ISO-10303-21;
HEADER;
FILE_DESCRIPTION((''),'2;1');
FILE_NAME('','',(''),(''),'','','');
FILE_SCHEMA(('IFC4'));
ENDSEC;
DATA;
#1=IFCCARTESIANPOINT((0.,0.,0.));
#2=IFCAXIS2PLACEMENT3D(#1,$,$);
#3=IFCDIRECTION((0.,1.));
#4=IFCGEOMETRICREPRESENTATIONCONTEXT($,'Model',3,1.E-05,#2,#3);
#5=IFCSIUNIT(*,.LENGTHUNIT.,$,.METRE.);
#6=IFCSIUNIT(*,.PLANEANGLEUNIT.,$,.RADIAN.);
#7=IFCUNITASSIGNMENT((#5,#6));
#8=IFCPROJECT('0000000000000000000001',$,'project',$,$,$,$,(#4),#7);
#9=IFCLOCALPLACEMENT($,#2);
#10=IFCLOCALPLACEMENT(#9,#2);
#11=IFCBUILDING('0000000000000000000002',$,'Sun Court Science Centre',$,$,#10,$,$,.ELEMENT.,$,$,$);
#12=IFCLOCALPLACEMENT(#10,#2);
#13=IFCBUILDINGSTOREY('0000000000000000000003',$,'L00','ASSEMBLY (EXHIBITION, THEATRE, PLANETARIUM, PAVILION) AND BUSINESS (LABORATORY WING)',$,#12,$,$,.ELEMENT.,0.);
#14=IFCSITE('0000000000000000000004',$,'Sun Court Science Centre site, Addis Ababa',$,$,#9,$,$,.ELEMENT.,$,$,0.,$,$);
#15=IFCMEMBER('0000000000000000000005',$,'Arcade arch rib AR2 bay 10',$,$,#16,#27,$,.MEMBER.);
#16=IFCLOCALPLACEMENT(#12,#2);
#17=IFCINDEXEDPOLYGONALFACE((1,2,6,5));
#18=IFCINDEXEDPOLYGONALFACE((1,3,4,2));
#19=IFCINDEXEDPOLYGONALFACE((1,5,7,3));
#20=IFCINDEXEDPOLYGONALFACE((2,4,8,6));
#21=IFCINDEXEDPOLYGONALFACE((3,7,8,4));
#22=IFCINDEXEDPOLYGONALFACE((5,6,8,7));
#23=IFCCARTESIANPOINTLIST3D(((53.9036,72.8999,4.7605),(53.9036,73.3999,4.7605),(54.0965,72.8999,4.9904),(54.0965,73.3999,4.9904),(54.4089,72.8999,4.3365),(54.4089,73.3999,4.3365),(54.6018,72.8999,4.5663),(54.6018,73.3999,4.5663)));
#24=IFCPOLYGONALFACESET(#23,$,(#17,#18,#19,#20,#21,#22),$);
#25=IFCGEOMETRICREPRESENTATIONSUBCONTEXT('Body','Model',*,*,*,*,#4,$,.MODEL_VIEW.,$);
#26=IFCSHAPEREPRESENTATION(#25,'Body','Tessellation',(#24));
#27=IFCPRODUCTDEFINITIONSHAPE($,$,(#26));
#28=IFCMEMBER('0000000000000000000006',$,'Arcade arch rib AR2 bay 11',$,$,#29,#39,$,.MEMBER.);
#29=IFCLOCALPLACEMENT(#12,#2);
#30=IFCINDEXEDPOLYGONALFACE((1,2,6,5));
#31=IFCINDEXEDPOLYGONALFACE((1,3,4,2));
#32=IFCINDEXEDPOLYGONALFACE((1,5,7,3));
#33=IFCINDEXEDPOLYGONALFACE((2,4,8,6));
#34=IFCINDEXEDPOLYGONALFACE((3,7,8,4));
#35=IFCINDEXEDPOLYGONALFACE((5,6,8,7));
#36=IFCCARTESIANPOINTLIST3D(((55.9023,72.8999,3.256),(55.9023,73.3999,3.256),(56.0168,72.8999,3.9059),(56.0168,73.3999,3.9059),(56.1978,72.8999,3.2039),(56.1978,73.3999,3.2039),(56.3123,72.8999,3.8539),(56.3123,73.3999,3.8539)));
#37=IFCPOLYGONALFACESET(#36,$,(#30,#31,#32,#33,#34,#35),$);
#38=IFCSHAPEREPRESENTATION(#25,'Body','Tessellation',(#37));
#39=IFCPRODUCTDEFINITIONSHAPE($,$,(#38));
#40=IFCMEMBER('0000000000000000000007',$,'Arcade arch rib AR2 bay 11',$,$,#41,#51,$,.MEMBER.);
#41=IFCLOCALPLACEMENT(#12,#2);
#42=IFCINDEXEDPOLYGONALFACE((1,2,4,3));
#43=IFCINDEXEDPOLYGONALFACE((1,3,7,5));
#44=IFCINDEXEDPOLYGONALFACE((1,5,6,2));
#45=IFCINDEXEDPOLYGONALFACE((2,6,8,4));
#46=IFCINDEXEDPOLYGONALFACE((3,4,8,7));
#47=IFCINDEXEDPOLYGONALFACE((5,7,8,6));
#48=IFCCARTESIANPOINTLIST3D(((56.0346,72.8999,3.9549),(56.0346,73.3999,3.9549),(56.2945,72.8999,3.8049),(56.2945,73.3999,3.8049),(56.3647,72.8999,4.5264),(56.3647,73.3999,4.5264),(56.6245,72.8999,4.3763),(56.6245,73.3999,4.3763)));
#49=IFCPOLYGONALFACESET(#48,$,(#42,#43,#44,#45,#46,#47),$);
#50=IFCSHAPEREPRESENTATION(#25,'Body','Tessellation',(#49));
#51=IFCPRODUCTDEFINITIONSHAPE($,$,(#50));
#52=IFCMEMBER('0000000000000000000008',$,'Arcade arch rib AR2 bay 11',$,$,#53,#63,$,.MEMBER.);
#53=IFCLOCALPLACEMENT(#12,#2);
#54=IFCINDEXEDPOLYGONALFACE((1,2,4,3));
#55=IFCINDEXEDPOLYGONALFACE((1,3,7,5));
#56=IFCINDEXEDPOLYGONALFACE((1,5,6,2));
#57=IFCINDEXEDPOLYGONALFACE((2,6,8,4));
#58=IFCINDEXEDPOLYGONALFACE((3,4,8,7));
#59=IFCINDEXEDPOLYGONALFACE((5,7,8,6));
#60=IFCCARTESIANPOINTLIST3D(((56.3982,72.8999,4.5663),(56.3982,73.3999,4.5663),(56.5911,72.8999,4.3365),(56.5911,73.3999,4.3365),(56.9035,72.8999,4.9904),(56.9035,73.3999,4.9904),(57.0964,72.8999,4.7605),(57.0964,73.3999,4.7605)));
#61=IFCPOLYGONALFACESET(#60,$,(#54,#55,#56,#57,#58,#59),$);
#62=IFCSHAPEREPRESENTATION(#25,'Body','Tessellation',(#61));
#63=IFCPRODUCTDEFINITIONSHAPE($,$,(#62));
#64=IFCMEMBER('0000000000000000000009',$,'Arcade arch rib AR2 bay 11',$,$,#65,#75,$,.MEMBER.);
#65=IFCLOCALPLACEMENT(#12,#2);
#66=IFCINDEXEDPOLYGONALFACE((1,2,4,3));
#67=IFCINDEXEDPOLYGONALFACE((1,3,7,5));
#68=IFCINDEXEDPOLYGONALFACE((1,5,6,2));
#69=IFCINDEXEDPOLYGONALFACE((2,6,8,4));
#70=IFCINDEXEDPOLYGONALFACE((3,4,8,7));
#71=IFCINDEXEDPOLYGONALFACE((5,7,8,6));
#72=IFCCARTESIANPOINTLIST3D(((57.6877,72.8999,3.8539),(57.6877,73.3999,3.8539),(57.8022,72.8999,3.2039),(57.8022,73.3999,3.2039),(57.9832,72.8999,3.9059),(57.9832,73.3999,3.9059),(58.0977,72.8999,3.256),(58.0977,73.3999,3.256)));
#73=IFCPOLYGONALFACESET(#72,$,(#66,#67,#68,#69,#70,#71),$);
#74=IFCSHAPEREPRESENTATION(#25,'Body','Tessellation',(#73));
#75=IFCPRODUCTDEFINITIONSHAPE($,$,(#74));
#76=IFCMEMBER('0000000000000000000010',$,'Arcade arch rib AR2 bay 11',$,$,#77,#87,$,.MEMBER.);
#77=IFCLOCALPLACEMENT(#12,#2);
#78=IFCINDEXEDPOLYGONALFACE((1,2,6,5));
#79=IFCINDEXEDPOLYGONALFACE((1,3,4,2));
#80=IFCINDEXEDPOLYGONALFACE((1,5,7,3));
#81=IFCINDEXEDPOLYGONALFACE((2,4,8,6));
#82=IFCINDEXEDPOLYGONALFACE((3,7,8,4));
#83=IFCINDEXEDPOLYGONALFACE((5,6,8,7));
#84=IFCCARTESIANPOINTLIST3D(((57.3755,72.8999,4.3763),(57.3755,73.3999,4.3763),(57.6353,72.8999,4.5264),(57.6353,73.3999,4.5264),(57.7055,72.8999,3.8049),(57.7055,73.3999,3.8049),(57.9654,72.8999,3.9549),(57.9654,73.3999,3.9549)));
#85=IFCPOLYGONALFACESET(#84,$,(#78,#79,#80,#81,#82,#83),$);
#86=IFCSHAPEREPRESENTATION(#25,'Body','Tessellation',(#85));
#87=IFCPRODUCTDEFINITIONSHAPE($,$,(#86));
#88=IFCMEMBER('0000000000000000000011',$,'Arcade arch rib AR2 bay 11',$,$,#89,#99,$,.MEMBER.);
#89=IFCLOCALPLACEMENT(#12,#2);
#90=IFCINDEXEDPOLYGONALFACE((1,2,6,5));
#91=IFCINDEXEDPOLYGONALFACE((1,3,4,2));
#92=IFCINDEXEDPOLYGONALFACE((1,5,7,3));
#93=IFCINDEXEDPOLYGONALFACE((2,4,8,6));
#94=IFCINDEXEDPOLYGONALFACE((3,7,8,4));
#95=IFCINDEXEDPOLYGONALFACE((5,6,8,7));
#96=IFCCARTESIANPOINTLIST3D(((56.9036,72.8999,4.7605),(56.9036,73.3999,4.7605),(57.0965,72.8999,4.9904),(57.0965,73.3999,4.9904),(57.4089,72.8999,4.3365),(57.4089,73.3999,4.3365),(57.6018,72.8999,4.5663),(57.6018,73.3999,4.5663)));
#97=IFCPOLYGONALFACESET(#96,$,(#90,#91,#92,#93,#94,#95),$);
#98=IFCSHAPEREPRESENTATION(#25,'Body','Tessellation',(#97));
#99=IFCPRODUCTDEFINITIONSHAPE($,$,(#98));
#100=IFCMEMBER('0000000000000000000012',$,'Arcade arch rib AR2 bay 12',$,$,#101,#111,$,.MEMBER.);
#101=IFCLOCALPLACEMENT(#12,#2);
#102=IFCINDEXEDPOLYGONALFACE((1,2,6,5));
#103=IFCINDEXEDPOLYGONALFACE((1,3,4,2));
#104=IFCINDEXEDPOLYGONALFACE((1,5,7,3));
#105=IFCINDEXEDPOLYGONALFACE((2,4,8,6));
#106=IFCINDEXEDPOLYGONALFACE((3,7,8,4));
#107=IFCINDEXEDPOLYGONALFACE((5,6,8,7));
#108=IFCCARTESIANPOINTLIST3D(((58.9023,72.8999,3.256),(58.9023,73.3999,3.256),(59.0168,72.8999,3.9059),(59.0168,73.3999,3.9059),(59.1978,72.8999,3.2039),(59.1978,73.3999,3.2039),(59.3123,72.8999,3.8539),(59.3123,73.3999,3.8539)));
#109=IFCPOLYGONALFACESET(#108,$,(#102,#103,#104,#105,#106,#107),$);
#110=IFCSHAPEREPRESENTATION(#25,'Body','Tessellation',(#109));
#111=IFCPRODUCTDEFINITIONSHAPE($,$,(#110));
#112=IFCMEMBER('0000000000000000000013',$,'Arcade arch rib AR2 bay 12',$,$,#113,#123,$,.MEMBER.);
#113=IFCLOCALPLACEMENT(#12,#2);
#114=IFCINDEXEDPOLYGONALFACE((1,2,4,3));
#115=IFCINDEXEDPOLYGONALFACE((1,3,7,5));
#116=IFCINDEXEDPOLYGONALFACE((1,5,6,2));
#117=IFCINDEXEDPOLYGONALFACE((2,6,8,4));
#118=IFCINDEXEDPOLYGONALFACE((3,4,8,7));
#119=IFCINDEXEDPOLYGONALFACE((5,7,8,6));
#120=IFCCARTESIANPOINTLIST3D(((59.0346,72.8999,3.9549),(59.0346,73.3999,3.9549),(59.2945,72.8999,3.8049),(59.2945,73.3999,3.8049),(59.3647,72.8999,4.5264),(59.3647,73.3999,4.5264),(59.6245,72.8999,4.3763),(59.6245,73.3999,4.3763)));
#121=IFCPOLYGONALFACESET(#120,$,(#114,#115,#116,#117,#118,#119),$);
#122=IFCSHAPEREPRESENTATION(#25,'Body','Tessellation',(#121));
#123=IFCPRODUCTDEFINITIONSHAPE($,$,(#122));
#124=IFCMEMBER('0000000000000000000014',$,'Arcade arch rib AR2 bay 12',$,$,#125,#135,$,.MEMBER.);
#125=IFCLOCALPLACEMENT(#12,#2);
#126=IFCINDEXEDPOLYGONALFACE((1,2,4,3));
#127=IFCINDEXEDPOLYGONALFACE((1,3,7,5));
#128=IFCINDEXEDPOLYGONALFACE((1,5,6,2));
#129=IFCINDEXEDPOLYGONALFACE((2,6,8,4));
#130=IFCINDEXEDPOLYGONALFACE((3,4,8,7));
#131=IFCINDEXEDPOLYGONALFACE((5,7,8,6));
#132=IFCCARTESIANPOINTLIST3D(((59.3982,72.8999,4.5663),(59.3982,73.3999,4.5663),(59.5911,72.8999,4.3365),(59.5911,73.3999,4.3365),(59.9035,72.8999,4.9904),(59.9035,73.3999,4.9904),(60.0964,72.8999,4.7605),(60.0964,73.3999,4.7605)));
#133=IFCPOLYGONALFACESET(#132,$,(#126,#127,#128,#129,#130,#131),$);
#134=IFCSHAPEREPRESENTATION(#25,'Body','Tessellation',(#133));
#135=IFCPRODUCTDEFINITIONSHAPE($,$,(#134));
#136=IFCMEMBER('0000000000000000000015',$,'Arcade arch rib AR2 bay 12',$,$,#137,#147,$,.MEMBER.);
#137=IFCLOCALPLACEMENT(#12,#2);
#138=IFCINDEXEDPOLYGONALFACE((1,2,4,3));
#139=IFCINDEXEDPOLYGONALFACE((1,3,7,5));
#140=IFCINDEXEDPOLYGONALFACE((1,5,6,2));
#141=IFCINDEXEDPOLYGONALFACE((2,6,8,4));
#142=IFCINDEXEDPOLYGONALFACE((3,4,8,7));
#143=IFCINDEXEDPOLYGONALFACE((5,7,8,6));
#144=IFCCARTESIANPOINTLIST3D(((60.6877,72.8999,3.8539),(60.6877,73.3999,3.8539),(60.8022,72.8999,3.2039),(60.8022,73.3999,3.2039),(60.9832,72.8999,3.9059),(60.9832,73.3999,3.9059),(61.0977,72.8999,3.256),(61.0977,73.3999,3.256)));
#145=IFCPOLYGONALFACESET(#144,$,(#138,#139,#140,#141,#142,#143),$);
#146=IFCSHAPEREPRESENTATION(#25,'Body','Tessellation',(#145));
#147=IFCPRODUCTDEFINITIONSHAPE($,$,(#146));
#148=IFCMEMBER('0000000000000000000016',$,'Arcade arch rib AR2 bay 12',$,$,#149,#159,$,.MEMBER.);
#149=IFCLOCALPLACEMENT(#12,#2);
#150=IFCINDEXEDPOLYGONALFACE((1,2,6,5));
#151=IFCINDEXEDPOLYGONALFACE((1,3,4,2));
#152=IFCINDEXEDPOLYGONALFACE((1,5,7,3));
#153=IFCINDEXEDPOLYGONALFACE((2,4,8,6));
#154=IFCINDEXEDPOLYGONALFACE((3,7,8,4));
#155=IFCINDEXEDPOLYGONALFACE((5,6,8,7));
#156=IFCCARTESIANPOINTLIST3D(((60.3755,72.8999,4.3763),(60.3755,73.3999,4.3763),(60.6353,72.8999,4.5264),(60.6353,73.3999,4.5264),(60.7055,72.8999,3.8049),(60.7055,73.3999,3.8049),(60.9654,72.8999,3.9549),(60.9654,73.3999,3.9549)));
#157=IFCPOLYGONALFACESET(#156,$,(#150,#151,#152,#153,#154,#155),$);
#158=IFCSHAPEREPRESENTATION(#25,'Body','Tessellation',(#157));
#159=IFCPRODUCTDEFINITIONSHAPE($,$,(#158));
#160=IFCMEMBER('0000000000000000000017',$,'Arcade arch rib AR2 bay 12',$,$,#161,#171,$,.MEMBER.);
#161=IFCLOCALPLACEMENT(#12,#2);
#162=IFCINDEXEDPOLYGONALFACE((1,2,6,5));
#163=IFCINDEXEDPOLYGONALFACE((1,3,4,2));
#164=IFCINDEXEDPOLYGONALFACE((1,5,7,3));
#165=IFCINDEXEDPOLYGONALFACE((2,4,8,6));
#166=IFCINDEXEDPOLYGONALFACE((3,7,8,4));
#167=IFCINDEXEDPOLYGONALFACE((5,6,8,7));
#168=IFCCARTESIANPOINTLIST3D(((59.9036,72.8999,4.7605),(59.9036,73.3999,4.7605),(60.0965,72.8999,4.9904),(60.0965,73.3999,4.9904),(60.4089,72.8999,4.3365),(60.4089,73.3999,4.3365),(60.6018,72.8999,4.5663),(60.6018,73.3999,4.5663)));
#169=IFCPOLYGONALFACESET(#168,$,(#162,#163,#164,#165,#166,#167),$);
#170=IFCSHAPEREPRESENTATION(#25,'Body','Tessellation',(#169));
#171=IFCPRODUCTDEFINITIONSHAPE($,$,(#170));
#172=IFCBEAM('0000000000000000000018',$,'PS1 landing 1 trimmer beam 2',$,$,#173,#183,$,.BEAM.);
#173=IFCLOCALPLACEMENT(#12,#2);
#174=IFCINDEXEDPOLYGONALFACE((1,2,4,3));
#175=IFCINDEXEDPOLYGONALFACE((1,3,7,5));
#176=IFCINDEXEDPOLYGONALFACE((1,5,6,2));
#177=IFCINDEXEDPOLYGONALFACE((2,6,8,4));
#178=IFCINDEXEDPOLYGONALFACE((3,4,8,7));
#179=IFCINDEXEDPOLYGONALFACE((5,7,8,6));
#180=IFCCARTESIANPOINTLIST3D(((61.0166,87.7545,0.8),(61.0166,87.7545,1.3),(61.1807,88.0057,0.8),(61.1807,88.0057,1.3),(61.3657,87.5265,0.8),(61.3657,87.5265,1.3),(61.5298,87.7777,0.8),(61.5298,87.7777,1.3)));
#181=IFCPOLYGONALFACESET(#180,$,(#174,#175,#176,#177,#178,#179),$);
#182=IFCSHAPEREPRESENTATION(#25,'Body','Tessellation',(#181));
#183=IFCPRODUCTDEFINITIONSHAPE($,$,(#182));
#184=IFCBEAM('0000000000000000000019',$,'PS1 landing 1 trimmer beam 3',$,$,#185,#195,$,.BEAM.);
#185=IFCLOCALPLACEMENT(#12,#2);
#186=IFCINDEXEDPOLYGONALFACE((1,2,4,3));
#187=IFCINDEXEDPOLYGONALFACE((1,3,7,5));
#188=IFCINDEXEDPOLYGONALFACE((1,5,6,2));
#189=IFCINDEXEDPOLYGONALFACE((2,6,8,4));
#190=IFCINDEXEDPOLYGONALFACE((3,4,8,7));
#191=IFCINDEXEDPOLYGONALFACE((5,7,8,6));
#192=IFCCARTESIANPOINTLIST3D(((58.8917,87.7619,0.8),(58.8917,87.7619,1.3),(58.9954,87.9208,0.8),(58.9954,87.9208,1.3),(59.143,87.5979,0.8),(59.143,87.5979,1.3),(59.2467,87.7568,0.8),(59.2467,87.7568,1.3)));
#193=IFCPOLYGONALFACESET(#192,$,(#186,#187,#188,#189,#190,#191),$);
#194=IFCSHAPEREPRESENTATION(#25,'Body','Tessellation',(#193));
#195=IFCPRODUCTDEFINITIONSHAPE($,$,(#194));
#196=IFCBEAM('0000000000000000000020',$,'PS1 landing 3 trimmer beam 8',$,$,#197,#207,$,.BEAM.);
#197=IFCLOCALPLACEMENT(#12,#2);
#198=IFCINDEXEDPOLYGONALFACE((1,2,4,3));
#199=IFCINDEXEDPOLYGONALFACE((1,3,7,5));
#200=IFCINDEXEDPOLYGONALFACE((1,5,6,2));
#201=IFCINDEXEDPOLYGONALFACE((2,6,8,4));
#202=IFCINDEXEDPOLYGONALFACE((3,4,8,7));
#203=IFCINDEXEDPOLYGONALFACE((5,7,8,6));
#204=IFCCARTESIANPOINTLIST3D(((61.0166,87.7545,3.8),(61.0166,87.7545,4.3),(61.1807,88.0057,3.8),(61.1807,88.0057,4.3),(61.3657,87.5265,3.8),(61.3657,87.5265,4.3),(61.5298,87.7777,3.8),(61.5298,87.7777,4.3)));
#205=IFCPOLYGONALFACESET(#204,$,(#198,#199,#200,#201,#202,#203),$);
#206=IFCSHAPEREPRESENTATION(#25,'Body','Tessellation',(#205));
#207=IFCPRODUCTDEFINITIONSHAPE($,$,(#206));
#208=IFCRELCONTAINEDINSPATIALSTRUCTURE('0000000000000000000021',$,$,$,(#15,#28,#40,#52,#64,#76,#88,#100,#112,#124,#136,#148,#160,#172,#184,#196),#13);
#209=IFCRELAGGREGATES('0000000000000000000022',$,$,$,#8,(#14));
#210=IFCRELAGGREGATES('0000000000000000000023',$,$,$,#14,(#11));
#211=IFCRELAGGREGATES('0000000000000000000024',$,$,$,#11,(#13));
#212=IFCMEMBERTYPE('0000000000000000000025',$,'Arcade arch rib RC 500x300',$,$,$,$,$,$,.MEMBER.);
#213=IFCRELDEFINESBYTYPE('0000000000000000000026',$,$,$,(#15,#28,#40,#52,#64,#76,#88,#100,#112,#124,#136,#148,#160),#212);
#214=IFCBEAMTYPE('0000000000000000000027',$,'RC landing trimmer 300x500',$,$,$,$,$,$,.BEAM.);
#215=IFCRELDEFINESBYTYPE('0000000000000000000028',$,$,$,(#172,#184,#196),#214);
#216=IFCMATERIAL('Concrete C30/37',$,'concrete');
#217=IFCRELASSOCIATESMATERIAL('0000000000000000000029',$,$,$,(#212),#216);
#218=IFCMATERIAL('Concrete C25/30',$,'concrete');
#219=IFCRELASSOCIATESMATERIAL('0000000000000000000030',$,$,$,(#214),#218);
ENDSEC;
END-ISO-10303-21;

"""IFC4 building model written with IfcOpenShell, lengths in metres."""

from ifc_helpers import new_model, si_unit, direction, frame, origin, origin_2d, place, context, subcontext, project, spatial, rectangle, extrude, material, material_profile, profile_set, type_object, element, save


model = new_model("IFC4")

# Units and contexts
model_context = context("Model", 3, precision=1e-05, world=origin(), true_north=direction((0.0, 1.0)))
body_context = subcontext(model_context, "Body", "Model", "MODEL_VIEW")
ifc_project = project(units=[si_unit("LENGTHUNIT", "METRE"), si_unit("PLANEANGLEUNIT", "RADIAN")], contexts=[model_context])

# Site, building, storey
site_placement = place(None, origin())
site = spatial("IfcSite", under=ifc_project, at=site_placement, Name="Sun Court Science Centre site, Addis Ababa", CompositionType="ELEMENT", RefElevation=0.0)
building_placement = place(site_placement, origin())
building = spatial("IfcBuilding", under=site, at=building_placement, Name="Sun Court Science Centre", CompositionType="ELEMENT")
storey_placement = place(building_placement, origin())
storey = spatial("IfcBuildingStorey", under=building, at=storey_placement, Name="L00", Description="ASSEMBLY (EXHIBITION, THEATRE, PLANETARIUM, PAVILION) AND BUSINESS (LABORATORY WING)", CompositionType="ELEMENT", Elevation=0.0)

# Members
ifc_material_1 = material(Name="Concrete C30/37", Category="concrete")
ifc_material_profile_1 = material_profile(ifc_material_1, rectangle(XDim=0.5, YDim=0.3, at=origin_2d()), Name="RC 500x300")
ifc_profile_set_1 = profile_set([ifc_material_profile_1], Name="Concrete C30/37")
member_type = type_object("IfcMemberType", Name="Arcade arch rib RC 500x300", PredefinedType="MEMBER", material=ifc_profile_set_1)
member_1_placement = place(storey_placement, frame((54.5054, 73.1499, 4.4514), z_axis=(-0.766033, 0.0, 0.642801), x_axis=(0.0, -1.0, 0.0)))
element("IfcMember", 1, at=member_1_placement, inside=storey, type_object=member_type, Name="Arcade arch rib AR2 bay 10", PredefinedType="MEMBER", context=body_context, shape_type="SweptSolid", body=[
    extrude(rectangle(XDim=0.5, YDim=0.3, at=origin_2d()), origin(), (0.0, 0.0, 1.0), 0.6597),
])
for number, where, z_axis, x_axis, name in (
    (2, (56.05, 73.1499, 3.23), (0.173511, 0.0, 0.984832), (0.0, 1.0, 0.0), "Arcade arch rib AR2 bay 11"),
    (3, (56.1646, 73.1499, 3.8799), (0.500117, 0.0, 0.865958), (0.0, 1.0, 0.0), "Arcade arch rib AR2 bay 11"),
):
    element("IfcMember", number, at=place(storey_placement, frame(where, z_axis=z_axis, x_axis=x_axis)), inside=storey, type_object=member_type, Name=name, PredefinedType="MEMBER", context=body_context, shape_type="SweptSolid", body=[
        extrude(rectangle(XDim=0.5, YDim=0.3, at=origin_2d()), origin(), (0.0, 0.0, 1.0), 0.6599),
    ])
member_2_placement = place(storey_placement, frame((56.4946, 73.1499, 4.4514), z_axis=(0.766033, 0.0, 0.642801), x_axis=(0.0, 1.0, 0.0)))
element("IfcMember", 4, at=member_2_placement, inside=storey, type_object=member_type, Name="Arcade arch rib AR2 bay 11", PredefinedType="MEMBER", context=body_context, shape_type="SweptSolid", body=[
    extrude(rectangle(XDim=0.5, YDim=0.3, at=origin_2d()), origin(), (0.0, 0.0, 1.0), 0.6597),
])
for number, where, z_axis, x_axis, name in (
    (5, (57.95, 73.1499, 3.23), (-0.173511, 0.0, 0.984832), (0.0, -1.0, 0.0), "Arcade arch rib AR2 bay 11"),
    (6, (57.8354, 73.1499, 3.8799), (-0.500117, 0.0, 0.865958), (0.0, -1.0, 0.0), "Arcade arch rib AR2 bay 11"),
):
    element("IfcMember", number, at=place(storey_placement, frame(where, z_axis=z_axis, x_axis=x_axis)), inside=storey, type_object=member_type, Name=name, PredefinedType="MEMBER", context=body_context, shape_type="SweptSolid", body=[
        extrude(rectangle(XDim=0.5, YDim=0.3, at=origin_2d()), origin(), (0.0, 0.0, 1.0), 0.6599),
    ])
member_3_placement = place(storey_placement, frame((57.5054, 73.1499, 4.4514), z_axis=(-0.766033, 0.0, 0.642801), x_axis=(0.0, -1.0, 0.0)))
element("IfcMember", 7, at=member_3_placement, inside=storey, type_object=member_type, Name="Arcade arch rib AR2 bay 11", PredefinedType="MEMBER", context=body_context, shape_type="SweptSolid", body=[
    extrude(rectangle(XDim=0.5, YDim=0.3, at=origin_2d()), origin(), (0.0, 0.0, 1.0), 0.6597),
])
for number, where, z_axis, x_axis, name in (
    (8, (59.05, 73.1499, 3.23), (0.173511, 0.0, 0.984832), (0.0, 1.0, 0.0), "Arcade arch rib AR2 bay 12"),
    (9, (59.1646, 73.1499, 3.8799), (0.500117, 0.0, 0.865958), (0.0, 1.0, 0.0), "Arcade arch rib AR2 bay 12"),
):
    element("IfcMember", number, at=place(storey_placement, frame(where, z_axis=z_axis, x_axis=x_axis)), inside=storey, type_object=member_type, Name=name, PredefinedType="MEMBER", context=body_context, shape_type="SweptSolid", body=[
        extrude(rectangle(XDim=0.5, YDim=0.3, at=origin_2d()), origin(), (0.0, 0.0, 1.0), 0.6599),
    ])
member_4_placement = place(storey_placement, frame((59.4946, 73.1499, 4.4514), z_axis=(0.766033, 0.0, 0.642801), x_axis=(0.0, 1.0, 0.0)))
element("IfcMember", 10, at=member_4_placement, inside=storey, type_object=member_type, Name="Arcade arch rib AR2 bay 12", PredefinedType="MEMBER", context=body_context, shape_type="SweptSolid", body=[
    extrude(rectangle(XDim=0.5, YDim=0.3, at=origin_2d()), origin(), (0.0, 0.0, 1.0), 0.6597),
])
for number, where, z_axis, x_axis, name in (
    (11, (60.95, 73.1499, 3.23), (-0.173511, 0.0, 0.984832), (0.0, -1.0, 0.0), "Arcade arch rib AR2 bay 12"),
    (12, (60.8354, 73.1499, 3.8799), (-0.500117, 0.0, 0.865958), (0.0, -1.0, 0.0), "Arcade arch rib AR2 bay 12"),
):
    element("IfcMember", number, at=place(storey_placement, frame(where, z_axis=z_axis, x_axis=x_axis)), inside=storey, type_object=member_type, Name=name, PredefinedType="MEMBER", context=body_context, shape_type="SweptSolid", body=[
        extrude(rectangle(XDim=0.5, YDim=0.3, at=origin_2d()), origin(), (0.0, 0.0, 1.0), 0.6599),
    ])
member_5_placement = place(storey_placement, frame((60.5054, 73.1499, 4.4514), z_axis=(-0.766033, 0.0, 0.642801), x_axis=(0.0, -1.0, 0.0)))
element("IfcMember", 13, at=member_5_placement, inside=storey, type_object=member_type, Name="Arcade arch rib AR2 bay 12", PredefinedType="MEMBER", context=body_context, shape_type="SweptSolid", body=[
    extrude(rectangle(XDim=0.5, YDim=0.3, at=origin_2d()), origin(), (0.0, 0.0, 1.0), 0.6597),
])

# Beams
ifc_material_2 = material(Name="Concrete C25/30", Category="concrete")
ifc_material_profile_2 = material_profile(ifc_material_2, rectangle(XDim=0.3, YDim=0.5, at=origin_2d()), Name="RC 300x500")
ifc_profile_set_2 = profile_set([ifc_material_profile_2], Name="Concrete C25/30")
beam_type = type_object("IfcBeamType", Name="RC landing trimmer 300x500", PredefinedType="BEAM", material=ifc_profile_set_2)
beam_1_placement = place(storey_placement, frame((61.4478, 87.6521, 1.05), z_axis=(-0.837238, 0.546839, 0.0), x_axis=(-0.546839, -0.837238, 0.0)))
element("IfcBeam", 14, at=beam_1_placement, inside=storey, type_object=beam_type, Name="PS1 landing 1 trimmer beam 2", PredefinedType="BEAM", context=body_context, shape_type="SweptSolid", body=[
    extrude(rectangle(XDim=0.3, YDim=0.5, at=origin_2d()), origin(), (0.0, 0.0, 1.0), 0.417),
])
beam_2_placement = place(storey_placement, frame((59.0173, 87.6799, 1.05), z_axis=(0.54666, 0.837355, 0.0), x_axis=(-0.837355, 0.54666, 0.0)))
element("IfcBeam", 15, at=beam_2_placement, inside=storey, type_object=beam_type, Name="PS1 landing 1 trimmer beam 3", PredefinedType="BEAM", context=body_context, shape_type="SweptSolid", body=[
    extrude(rectangle(XDim=0.3, YDim=0.5, at=origin_2d()), origin(), (0.0, 0.0, 1.0), 0.1897),
])
beam_3_placement = place(storey_placement, frame((61.4478, 87.6521, 4.05), z_axis=(-0.837238, 0.546839, 0.0), x_axis=(-0.546839, -0.837238, 0.0)))
element("IfcBeam", 16, at=beam_3_placement, inside=storey, type_object=beam_type, Name="PS1 landing 3 trimmer beam 8", PredefinedType="BEAM", context=body_context, shape_type="SweptSolid", body=[
    extrude(rectangle(XDim=0.3, YDim=0.5, at=origin_2d()), origin(), (0.0, 0.0, 1.0), 0.417),
])

save(model, "model.ifc")
